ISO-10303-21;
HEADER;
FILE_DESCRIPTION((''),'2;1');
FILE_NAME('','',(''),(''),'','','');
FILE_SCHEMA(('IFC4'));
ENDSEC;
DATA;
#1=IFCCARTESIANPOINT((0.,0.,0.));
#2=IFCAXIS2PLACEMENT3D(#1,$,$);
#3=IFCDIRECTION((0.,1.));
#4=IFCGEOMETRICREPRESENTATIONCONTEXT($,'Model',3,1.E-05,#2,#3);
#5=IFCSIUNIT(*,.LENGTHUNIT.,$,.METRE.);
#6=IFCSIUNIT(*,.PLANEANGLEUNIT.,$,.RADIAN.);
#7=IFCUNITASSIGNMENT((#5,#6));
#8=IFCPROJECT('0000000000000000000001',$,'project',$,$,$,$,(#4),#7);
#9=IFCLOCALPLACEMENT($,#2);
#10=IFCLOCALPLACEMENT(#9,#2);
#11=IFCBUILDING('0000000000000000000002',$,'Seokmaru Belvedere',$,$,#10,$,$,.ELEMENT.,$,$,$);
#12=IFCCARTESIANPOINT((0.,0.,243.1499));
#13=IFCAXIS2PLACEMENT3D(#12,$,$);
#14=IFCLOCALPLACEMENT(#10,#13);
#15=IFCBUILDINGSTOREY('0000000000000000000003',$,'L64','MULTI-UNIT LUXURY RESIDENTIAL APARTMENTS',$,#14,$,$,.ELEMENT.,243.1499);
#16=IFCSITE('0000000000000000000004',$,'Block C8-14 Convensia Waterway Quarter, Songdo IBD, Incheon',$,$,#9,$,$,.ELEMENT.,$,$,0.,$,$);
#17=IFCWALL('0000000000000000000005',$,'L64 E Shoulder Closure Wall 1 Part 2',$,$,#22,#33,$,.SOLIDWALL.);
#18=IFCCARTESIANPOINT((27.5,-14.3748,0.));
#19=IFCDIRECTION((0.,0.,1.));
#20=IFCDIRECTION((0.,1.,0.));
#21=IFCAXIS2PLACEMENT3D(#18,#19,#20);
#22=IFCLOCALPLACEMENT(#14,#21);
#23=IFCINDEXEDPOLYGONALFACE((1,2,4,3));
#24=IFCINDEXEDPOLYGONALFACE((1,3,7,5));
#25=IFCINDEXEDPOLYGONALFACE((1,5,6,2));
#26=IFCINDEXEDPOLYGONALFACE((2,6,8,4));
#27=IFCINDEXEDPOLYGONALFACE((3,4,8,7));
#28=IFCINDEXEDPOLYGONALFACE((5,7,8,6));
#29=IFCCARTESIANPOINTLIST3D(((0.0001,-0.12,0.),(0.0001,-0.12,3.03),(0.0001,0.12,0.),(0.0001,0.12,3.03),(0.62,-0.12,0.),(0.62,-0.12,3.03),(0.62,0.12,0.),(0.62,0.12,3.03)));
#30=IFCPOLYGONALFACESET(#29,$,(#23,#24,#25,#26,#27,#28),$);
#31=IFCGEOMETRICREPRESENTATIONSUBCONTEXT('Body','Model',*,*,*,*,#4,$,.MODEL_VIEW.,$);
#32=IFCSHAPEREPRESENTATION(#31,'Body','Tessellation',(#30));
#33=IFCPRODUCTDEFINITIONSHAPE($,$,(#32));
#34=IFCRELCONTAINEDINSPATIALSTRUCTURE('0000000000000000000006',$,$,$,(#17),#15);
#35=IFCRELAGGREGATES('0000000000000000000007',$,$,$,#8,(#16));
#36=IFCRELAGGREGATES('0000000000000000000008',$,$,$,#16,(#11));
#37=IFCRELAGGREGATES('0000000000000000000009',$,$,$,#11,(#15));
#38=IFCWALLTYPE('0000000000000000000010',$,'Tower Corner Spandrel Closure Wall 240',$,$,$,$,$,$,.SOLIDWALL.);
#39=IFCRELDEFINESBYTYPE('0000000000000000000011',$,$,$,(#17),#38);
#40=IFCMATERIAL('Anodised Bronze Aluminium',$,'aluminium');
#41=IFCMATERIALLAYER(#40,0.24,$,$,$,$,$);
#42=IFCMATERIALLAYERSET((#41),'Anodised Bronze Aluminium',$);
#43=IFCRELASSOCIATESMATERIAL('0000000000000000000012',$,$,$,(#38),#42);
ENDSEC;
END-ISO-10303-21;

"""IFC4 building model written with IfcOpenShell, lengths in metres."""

from ifc_helpers import new_model, si_unit, direction, frame, frame_2d, origin, place, context, subcontext, project, spatial, rectangle, extrude, material, layer, layer_set, type_object, element, save


model = new_model("IFC4")

# Units and contexts
model_context = context("Model", 3, precision=1e-05, world=origin(), true_north=direction((0.0, 1.0)))
body_context = subcontext(model_context, "Body", "Model", "MODEL_VIEW")
ifc_project = project(units=[si_unit("LENGTHUNIT", "METRE"), si_unit("PLANEANGLEUNIT", "RADIAN")], contexts=[model_context])

# Site, building, storey
site_placement = place(None, origin())
site = spatial("IfcSite", under=ifc_project, at=site_placement, Name="Block C8-14 Convensia Waterway Quarter, Songdo IBD, Incheon", CompositionType="ELEMENT", RefElevation=0.0)
building_placement = place(site_placement, origin())
building = spatial("IfcBuilding", under=site, at=building_placement, Name="Seokmaru Belvedere", CompositionType="ELEMENT")
storey_placement = place(building_placement, frame((0.0, 0.0, 243.1499)))
storey = spatial("IfcBuildingStorey", under=building, at=storey_placement, Name="L64", Description="MULTI-UNIT LUXURY RESIDENTIAL APARTMENTS", CompositionType="ELEMENT", Elevation=243.1499)

# Shared definitions
ifc_material_1 = material(Name="Anodised Bronze Aluminium", Category="aluminium")

# Wall
ifc_layer_1 = layer(ifc_material_1, 0.24)
ifc_layer_set_1 = layer_set([ifc_layer_1], Name="Anodised Bronze Aluminium")
wall_type_1 = type_object("IfcWallType", Name="Tower Corner Spandrel Closure Wall 240", PredefinedType="SOLIDWALL", material=ifc_layer_set_1)
wall_1_placement = place(storey_placement, frame((27.5, -14.3748, 0.0), z_axis=(0.0, 0.0, 1.0), x_axis=(0.0, 1.0, 0.0)))
element("IfcWall", 1, at=wall_1_placement, inside=storey, type_object=wall_type_1, Name="L64 E Shoulder Closure Wall 1 Part 2", PredefinedType="SOLIDWALL", context=body_context, shape_type="SweptSolid", body=[
    extrude(rectangle(XDim=0.6199, YDim=0.24, at=frame_2d((0.3101, 0.0))), origin(), (0.0, 0.0, 1.0), 3.03),
])

save(model, "model.ifc")
